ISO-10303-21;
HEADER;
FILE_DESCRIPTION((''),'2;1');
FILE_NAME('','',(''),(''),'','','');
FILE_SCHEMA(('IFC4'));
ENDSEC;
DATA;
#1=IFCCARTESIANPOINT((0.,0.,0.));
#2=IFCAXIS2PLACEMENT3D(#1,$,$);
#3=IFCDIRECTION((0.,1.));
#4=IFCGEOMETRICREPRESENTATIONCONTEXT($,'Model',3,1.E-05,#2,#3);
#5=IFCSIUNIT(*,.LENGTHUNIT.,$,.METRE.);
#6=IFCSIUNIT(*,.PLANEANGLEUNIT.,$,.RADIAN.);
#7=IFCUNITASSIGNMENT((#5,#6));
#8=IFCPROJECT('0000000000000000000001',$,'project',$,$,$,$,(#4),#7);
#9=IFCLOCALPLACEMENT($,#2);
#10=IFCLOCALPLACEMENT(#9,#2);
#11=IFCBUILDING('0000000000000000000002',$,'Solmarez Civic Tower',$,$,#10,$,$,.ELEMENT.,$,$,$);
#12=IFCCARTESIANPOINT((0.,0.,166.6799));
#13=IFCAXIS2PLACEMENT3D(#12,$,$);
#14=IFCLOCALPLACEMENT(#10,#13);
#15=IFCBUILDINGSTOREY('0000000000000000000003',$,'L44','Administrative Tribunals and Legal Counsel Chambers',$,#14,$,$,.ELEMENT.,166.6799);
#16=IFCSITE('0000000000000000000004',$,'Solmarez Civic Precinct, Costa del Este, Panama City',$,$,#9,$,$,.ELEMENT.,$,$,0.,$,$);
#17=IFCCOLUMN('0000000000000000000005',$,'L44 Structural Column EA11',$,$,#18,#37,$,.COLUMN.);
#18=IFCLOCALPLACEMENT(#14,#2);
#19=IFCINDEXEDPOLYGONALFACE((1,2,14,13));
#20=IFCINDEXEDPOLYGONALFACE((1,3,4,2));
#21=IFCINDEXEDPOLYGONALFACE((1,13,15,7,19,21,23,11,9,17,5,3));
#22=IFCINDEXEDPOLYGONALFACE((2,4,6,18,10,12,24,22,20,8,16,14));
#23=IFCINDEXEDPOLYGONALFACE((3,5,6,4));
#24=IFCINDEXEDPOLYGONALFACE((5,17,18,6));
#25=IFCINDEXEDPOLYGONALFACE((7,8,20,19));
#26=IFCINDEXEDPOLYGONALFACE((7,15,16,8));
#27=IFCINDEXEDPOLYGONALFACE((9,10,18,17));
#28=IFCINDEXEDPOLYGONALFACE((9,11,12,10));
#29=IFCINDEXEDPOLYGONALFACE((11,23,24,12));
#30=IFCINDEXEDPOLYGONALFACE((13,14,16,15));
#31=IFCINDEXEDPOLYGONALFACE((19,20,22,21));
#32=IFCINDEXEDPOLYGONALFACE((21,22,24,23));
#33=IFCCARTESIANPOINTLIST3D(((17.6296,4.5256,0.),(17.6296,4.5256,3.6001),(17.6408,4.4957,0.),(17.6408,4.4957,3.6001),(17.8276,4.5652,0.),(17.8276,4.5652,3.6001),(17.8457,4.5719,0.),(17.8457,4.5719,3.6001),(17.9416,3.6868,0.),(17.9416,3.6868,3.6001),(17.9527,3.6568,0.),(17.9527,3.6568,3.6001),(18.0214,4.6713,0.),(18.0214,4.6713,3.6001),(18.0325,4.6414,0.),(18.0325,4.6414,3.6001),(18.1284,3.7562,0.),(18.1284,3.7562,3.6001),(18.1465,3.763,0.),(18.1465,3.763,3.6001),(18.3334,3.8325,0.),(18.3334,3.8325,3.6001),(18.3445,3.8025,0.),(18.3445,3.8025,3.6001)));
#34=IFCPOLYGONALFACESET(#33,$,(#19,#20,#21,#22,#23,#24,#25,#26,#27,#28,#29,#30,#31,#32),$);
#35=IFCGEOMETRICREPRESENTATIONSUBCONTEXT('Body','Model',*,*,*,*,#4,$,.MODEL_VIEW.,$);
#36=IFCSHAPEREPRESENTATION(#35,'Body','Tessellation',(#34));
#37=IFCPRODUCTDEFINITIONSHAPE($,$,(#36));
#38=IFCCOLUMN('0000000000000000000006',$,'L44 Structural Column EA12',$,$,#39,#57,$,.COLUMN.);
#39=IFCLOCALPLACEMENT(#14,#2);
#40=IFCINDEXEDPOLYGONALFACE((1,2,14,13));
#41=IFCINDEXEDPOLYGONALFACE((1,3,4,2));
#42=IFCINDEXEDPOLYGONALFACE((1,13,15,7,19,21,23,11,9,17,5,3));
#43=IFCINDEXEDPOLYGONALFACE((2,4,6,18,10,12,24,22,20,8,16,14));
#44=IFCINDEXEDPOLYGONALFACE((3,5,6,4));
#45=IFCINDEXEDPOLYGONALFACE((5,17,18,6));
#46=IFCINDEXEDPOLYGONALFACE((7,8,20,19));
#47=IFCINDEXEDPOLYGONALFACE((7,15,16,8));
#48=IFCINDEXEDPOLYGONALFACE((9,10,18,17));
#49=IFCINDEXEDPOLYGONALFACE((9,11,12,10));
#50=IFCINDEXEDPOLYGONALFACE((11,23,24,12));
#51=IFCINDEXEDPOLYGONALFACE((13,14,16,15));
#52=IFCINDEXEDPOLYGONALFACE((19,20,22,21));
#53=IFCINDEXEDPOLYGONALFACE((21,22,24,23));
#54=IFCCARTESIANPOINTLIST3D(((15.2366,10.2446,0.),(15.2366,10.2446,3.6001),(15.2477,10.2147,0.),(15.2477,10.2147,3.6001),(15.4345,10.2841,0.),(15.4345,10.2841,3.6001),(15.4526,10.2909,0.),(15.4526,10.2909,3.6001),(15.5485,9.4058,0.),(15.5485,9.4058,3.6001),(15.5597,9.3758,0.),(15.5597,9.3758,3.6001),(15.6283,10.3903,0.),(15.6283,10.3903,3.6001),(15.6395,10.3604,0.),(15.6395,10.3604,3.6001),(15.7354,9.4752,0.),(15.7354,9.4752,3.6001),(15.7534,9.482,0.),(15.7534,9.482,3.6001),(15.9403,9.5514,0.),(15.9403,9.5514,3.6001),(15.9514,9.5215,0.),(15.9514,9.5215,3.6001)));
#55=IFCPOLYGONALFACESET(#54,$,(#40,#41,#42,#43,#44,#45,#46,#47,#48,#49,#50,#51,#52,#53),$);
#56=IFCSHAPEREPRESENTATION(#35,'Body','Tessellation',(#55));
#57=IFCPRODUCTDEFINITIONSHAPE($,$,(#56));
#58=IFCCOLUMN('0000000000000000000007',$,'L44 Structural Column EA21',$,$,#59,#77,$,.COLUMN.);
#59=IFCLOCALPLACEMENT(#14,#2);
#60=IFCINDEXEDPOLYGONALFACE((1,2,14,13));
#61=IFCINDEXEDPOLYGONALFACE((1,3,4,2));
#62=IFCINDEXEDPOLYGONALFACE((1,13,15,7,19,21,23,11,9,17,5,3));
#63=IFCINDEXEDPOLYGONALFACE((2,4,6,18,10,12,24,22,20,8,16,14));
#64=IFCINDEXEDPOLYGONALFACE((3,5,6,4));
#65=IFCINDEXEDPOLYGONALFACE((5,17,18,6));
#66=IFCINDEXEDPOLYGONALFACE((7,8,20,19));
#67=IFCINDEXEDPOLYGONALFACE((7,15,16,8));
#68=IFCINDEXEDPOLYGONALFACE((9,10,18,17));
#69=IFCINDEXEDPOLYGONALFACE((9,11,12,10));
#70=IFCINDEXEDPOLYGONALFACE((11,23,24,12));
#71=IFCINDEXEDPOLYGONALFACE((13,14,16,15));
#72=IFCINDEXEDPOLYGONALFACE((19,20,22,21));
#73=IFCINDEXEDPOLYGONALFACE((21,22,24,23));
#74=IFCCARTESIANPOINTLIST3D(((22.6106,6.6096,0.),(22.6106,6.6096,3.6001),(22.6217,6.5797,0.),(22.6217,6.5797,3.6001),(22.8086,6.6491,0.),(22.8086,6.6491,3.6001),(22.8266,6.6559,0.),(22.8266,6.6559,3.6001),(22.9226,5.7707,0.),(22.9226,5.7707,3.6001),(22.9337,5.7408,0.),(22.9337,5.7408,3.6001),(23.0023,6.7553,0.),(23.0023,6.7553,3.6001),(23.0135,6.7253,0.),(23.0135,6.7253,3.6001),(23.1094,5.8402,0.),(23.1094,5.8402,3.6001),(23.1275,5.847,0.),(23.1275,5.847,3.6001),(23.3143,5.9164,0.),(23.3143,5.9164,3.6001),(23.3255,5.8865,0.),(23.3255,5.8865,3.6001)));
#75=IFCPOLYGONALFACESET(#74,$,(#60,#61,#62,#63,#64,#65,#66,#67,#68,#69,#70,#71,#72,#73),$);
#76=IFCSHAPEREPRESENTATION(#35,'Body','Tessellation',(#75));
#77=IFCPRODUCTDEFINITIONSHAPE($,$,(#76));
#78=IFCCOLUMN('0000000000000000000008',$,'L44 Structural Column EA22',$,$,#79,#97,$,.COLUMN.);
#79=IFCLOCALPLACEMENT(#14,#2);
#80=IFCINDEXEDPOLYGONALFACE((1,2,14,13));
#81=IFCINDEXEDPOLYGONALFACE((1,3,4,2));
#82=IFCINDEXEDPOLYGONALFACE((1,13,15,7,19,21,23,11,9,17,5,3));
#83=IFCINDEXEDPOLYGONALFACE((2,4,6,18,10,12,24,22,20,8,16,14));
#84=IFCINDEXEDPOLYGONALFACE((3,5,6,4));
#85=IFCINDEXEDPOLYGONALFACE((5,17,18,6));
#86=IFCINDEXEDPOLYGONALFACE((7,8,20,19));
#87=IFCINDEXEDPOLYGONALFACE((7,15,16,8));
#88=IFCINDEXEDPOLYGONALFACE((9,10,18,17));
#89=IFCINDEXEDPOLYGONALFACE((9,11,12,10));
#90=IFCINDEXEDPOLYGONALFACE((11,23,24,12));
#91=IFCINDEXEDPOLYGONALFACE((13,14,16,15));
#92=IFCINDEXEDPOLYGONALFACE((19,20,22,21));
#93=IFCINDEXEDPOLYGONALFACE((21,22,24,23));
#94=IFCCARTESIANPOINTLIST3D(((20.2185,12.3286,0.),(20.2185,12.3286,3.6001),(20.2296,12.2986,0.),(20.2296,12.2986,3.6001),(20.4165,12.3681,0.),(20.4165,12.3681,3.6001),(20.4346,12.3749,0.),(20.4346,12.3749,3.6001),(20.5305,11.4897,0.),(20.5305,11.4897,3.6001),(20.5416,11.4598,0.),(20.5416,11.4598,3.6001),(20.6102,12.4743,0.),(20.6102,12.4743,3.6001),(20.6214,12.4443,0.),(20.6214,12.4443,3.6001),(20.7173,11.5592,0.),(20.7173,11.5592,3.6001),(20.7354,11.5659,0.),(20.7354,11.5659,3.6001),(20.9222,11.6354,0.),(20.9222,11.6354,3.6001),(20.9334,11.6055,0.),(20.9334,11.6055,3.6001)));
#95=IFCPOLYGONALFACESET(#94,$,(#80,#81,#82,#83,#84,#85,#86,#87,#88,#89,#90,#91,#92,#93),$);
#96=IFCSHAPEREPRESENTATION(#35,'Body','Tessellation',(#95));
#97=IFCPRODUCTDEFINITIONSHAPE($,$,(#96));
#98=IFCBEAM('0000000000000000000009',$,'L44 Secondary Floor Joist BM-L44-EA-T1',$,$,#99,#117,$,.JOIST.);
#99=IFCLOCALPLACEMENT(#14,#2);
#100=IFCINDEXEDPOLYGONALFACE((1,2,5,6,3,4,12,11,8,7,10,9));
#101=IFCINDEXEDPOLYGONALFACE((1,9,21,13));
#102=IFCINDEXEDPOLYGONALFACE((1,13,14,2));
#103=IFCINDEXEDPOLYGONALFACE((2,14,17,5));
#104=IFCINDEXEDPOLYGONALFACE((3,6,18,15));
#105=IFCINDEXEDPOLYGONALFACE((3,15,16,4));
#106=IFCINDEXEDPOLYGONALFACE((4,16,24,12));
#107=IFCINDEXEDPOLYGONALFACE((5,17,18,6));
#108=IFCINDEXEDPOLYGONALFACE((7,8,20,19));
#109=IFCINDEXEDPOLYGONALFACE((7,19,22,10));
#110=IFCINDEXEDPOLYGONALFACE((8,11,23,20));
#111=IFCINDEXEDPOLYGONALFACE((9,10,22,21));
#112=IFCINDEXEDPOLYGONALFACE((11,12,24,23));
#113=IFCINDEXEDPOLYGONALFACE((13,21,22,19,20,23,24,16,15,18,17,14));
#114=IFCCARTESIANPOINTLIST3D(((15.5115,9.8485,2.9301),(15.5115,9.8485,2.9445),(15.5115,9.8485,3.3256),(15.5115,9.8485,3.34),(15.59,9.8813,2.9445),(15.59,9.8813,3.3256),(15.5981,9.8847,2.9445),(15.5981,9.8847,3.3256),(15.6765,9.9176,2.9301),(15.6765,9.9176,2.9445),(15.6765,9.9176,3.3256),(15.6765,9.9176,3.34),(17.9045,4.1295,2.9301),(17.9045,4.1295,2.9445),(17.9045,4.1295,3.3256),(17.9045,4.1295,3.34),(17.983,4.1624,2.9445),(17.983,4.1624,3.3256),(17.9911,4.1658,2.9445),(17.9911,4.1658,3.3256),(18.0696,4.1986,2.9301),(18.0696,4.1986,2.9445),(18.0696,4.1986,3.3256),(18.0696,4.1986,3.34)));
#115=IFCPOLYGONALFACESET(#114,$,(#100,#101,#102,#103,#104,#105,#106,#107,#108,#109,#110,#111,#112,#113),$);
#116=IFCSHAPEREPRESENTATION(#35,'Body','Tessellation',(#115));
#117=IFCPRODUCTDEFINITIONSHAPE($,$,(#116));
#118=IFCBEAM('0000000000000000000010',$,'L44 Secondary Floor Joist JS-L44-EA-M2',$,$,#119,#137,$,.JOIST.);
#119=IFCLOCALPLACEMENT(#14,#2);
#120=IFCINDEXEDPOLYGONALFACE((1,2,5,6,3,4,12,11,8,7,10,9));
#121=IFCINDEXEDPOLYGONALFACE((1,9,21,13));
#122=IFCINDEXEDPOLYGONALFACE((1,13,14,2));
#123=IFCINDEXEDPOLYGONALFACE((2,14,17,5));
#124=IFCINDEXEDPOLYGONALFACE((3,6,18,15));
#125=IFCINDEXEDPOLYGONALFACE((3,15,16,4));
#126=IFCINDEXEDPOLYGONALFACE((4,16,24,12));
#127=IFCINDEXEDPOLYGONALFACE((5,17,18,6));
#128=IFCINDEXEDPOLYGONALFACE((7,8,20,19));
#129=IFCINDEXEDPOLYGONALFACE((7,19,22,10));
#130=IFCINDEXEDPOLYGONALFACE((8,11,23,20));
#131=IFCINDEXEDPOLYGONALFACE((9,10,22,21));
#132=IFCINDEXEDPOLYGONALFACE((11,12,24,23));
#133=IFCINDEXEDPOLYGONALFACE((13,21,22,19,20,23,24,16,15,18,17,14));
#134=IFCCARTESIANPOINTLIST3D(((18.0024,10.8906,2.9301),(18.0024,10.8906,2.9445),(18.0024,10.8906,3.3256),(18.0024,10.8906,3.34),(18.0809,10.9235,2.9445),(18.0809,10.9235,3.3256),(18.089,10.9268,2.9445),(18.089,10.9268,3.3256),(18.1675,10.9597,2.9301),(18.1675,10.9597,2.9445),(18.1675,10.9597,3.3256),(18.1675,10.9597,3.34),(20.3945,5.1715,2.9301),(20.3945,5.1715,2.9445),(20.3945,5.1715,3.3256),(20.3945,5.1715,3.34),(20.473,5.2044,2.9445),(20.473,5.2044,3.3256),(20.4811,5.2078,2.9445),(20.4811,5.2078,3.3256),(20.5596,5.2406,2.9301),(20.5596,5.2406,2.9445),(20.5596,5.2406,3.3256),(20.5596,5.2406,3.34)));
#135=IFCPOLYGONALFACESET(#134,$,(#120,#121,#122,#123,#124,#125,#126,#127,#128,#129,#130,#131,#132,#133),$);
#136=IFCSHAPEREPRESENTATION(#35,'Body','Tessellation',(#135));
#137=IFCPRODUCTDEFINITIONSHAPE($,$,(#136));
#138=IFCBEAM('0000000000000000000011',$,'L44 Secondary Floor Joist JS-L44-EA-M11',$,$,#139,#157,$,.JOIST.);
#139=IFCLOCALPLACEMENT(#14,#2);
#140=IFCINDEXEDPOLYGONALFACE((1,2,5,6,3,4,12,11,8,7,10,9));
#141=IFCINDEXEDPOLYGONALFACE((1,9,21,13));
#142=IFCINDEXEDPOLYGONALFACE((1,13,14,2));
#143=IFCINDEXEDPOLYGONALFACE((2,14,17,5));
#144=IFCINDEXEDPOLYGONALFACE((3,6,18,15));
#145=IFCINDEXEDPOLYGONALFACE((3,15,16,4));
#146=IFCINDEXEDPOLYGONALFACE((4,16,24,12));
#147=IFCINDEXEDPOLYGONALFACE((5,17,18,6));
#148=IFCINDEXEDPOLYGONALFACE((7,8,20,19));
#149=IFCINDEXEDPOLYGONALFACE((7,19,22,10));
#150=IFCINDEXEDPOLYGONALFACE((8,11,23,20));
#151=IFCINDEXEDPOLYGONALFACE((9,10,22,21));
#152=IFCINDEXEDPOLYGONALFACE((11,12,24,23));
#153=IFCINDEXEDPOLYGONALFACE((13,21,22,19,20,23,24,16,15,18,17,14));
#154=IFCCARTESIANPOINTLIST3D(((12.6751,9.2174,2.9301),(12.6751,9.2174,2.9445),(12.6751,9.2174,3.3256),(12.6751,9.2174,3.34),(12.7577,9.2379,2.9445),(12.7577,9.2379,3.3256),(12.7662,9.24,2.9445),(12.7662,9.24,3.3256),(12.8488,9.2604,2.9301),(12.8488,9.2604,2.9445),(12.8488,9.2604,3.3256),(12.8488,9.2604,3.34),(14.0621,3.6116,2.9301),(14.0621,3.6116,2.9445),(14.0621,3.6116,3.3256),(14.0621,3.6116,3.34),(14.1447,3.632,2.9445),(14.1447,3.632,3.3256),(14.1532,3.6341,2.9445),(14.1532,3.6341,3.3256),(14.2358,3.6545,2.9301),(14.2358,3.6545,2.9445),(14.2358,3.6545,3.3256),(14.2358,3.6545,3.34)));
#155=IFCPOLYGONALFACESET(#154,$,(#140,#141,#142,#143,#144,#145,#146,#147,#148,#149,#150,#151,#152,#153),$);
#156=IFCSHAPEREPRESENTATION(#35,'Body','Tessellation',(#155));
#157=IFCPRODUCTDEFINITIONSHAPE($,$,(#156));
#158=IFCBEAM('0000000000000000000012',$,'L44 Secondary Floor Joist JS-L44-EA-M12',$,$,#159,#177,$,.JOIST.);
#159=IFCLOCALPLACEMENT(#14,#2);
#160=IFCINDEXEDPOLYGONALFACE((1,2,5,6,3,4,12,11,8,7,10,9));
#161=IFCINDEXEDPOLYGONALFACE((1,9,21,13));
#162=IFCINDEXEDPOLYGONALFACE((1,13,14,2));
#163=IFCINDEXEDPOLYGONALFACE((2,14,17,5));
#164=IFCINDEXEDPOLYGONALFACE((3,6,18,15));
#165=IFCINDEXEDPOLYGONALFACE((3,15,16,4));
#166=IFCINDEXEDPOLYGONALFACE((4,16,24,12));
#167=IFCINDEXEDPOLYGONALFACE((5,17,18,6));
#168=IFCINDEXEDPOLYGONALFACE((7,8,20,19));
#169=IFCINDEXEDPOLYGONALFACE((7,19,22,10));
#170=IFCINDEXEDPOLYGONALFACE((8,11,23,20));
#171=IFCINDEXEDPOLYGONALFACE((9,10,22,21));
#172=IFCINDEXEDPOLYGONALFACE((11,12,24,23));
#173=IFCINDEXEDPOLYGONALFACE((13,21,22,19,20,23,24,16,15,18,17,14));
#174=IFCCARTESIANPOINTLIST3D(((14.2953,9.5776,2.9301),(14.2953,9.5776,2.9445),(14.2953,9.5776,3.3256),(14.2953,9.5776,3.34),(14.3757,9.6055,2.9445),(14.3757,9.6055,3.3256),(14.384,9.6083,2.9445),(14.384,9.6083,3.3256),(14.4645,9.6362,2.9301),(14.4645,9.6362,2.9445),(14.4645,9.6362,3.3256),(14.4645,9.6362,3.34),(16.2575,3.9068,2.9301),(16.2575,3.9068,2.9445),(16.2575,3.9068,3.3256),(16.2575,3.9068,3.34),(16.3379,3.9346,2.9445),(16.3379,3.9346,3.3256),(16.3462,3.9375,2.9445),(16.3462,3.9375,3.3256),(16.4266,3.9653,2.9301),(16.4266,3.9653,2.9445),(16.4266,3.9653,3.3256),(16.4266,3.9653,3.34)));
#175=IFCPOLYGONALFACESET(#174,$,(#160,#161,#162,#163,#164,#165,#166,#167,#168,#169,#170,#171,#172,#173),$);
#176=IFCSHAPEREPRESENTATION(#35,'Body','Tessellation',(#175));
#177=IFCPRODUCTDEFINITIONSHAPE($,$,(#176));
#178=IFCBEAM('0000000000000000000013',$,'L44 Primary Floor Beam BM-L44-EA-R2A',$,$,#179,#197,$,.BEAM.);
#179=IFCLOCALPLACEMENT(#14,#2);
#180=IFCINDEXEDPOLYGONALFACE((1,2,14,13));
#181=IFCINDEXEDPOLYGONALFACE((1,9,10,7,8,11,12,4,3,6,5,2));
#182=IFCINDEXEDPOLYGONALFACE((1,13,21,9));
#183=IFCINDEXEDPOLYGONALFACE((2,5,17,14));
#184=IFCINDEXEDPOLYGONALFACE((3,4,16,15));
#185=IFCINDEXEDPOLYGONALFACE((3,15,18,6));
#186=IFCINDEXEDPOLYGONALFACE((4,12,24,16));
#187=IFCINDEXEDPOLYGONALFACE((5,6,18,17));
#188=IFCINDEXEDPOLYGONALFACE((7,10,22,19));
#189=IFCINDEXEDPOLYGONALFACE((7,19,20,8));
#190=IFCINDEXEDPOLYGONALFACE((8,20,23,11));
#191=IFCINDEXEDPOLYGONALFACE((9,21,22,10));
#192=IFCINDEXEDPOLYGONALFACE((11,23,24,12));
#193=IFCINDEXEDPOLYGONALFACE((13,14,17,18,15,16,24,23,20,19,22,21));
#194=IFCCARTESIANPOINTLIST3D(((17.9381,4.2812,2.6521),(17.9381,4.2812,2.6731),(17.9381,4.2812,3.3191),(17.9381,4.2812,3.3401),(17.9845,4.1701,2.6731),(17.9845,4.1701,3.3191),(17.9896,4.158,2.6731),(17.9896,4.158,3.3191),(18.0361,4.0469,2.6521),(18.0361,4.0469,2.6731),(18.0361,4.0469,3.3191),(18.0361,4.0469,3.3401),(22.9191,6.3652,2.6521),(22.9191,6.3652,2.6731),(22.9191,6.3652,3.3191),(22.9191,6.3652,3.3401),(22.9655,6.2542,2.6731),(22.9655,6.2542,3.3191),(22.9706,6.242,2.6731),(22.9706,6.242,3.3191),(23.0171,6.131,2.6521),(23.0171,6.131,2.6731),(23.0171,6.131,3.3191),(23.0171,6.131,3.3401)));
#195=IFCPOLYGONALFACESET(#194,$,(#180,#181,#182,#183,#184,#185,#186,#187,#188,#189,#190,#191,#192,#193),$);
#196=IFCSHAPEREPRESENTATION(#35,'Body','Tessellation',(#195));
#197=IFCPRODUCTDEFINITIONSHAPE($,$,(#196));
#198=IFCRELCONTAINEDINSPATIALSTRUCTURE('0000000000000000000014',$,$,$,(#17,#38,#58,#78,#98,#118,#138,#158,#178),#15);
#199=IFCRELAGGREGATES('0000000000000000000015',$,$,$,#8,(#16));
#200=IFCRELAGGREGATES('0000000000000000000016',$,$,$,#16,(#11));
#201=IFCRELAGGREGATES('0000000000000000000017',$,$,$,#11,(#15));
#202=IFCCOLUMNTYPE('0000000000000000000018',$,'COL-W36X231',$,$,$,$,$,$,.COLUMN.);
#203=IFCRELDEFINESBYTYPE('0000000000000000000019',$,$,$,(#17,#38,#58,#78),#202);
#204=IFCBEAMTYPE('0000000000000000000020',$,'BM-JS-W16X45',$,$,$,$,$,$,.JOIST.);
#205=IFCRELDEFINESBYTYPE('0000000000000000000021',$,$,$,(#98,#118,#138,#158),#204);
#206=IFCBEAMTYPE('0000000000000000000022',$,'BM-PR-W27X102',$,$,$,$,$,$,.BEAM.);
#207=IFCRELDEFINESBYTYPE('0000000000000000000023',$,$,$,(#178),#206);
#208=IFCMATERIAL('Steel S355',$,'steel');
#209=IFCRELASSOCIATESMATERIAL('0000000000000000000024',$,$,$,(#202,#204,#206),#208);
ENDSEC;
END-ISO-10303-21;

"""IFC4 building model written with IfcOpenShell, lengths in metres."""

from ifc_helpers import new_model, si_unit, direction, frame, origin, origin_2d, place, context, subcontext, project, spatial, i_section, extrude, material, material_profile, profile_set, type_object, element, save


model = new_model("IFC4")

# Units and contexts
model_context = context("Model", 3, precision=1e-05, world=origin(), true_north=direction((0.0, 1.0)))
body_context = subcontext(model_context, "Body", "Model", "MODEL_VIEW")
ifc_project = project(units=[si_unit("LENGTHUNIT", "METRE"), si_unit("PLANEANGLEUNIT", "RADIAN")], contexts=[model_context])

# Site, building, storey
site_placement = place(None, origin())
site = spatial("IfcSite", under=ifc_project, at=site_placement, Name="Solmarez Civic Precinct, Costa del Este, Panama City", CompositionType="ELEMENT", RefElevation=0.0)
building_placement = place(site_placement, origin())
building = spatial("IfcBuilding", under=site, at=building_placement, Name="Solmarez Civic Tower", CompositionType="ELEMENT")
storey_placement = place(building_placement, frame((0.0, 0.0, 166.6799)))
storey = spatial("IfcBuildingStorey", under=building, at=storey_placement, Name="L44", Description="Administrative Tribunals and Legal Counsel Chambers", CompositionType="ELEMENT", Elevation=166.6799)

# Columns
ifc_material_1 = material(Name="Steel S355", Category="steel")
ifc_material_profile_1 = material_profile(ifc_material_1, i_section(OverallWidth=0.418, OverallDepth=0.927, WebThickness=0.0193, FlangeThickness=0.032, at=origin_2d()), Name="W36X231")
ifc_profile_set_1 = profile_set([ifc_material_profile_1], Name="Steel S355")
column_type = type_object("IfcColumnType", Name="COL-W36X231", PredefinedType="COLUMN", material=ifc_profile_set_1)
for number, where, z_axis, x_axis, name in (
    (1, (17.9871, 4.1641, 0.0), (0.0, 0.0, 1.0), (0.937282, 0.348572, 0.0), "L44 Structural Column EA11"),
    (2, (15.594, 9.8831, 0.0), (0.0, 0.0, 1.0), (0.937282, 0.348572, 0.0), "L44 Structural Column EA12"),
    (3, (22.968, 6.248, 0.0), (0.0, 0.0, 1.0), (0.937282, 0.348572, 0.0), "L44 Structural Column EA21"),
    (4, (20.5759, 11.967, 0.0), (0.0, 0.0, 1.0), (0.937282, 0.348572, 0.0), "L44 Structural Column EA22"),
):
    element("IfcColumn", number, at=place(storey_placement, frame(where, z_axis=z_axis, x_axis=x_axis)), inside=storey, type_object=column_type, Name=name, PredefinedType="COLUMN", context=body_context, shape_type="SweptSolid", body=[
        extrude(i_section(OverallWidth=0.418, OverallDepth=0.927, WebThickness=0.0193, FlangeThickness=0.032, at=origin_2d()), origin(), (0.0, 0.0, 1.0), 3.6001),
    ])

# Beams
ifc_material_profile_2 = material_profile(ifc_material_1, i_section(OverallWidth=0.179, OverallDepth=0.4099, WebThickness=0.0088, FlangeThickness=0.0144, at=origin_2d()), Name="W16X45")
ifc_profile_set_2 = profile_set([ifc_material_profile_2], Name="Steel S355")
beam_type_1 = type_object("IfcBeamType", Name="BM-JS-W16X45", PredefinedType="JOIST", material=ifc_profile_set_2)
beam_1_placement = place(storey_placement, frame((17.9871, 4.1641, 3.135), z_axis=(-0.38601, 0.922494, 0.0), x_axis=(-0.922494, -0.38601, 0.0)))
element("IfcBeam", 5, at=beam_1_placement, inside=storey, type_object=beam_type_1, Name="L44 Secondary Floor Joist BM-L44-EA-T1", PredefinedType="JOIST", context=body_context, shape_type="SweptSolid", body=[
    extrude(i_section(OverallWidth=0.179, OverallDepth=0.4099, WebThickness=0.0088, FlangeThickness=0.0144, at=origin_2d()), origin(), (0.0, 0.0, 1.0), 6.1995),
])
beam_2_placement = place(storey_placement, frame((20.4771, 5.2061, 3.135), z_axis=(-0.385876, 0.922551, 0.0), x_axis=(-0.922551, -0.385876, 0.0)))
element("IfcBeam", 6, at=beam_2_placement, inside=storey, type_object=beam_type_1, Name="L44 Secondary Floor Joist JS-L44-EA-M2", PredefinedType="JOIST", context=body_context, shape_type="SweptSolid", body=[
    extrude(i_section(OverallWidth=0.179, OverallDepth=0.4099, WebThickness=0.0088, FlangeThickness=0.0144, at=origin_2d()), origin(), (0.0, 0.0, 1.0), 6.1992),
])
beam_3_placement = place(storey_placement, frame((14.1489, 3.6331, 3.135), z_axis=(-0.240167, 0.970731, 0.0), x_axis=(-0.970731, -0.240167, 0.0)))
element("IfcBeam", 7, at=beam_3_placement, inside=storey, type_object=beam_type_1, Name="L44 Secondary Floor Joist JS-L44-EA-M11", PredefinedType="JOIST", context=body_context, shape_type="SweptSolid", body=[
    extrude(i_section(OverallWidth=0.179, OverallDepth=0.4099, WebThickness=0.0088, FlangeThickness=0.0144, at=origin_2d()), origin(), (0.0, 0.0, 1.0), 5.7749),
])
beam_4_placement = place(storey_placement, frame((16.342, 3.936, 3.135), z_axis=(-0.326985, 0.94503, 0.0), x_axis=(-0.94503, -0.326985, 0.0)))
element("IfcBeam", 8, at=beam_4_placement, inside=storey, type_object=beam_type_1, Name="L44 Secondary Floor Joist JS-L44-EA-M12", PredefinedType="JOIST", context=body_context, shape_type="SweptSolid", body=[
    extrude(i_section(OverallWidth=0.179, OverallDepth=0.4099, WebThickness=0.0088, FlangeThickness=0.0144, at=origin_2d()), origin(), (0.0, 0.0, 1.0), 6.0007),
])
ifc_material_profile_3 = material_profile(ifc_material_1, i_section(OverallWidth=0.2539, OverallDepth=0.688, WebThickness=0.0132, FlangeThickness=0.021, at=origin_2d()), Name="W27X102")
ifc_profile_set_3 = profile_set([ifc_material_profile_3], Name="Steel S355")
beam_type_2 = type_object("IfcBeamType", Name="BM-PR-W27X102", PredefinedType="BEAM", material=ifc_profile_set_3)
beam_5_placement = place(storey_placement, frame((17.9871, 4.1641, 2.9961), z_axis=(0.922511, 0.38597, 0.0), x_axis=(-0.38597, 0.922511, 0.0)))
element("IfcBeam", 9, at=beam_5_placement, inside=storey, type_object=beam_type_2, Name="L44 Primary Floor Beam BM-L44-EA-R2A", PredefinedType="BEAM", context=body_context, shape_type="SweptSolid", body=[
    extrude(i_section(OverallWidth=0.2539, OverallDepth=0.688, WebThickness=0.0132, FlangeThickness=0.021, at=origin_2d()), origin(), (0.0, 0.0, 1.0), 5.3994),
])

save(model, "model.ifc")
